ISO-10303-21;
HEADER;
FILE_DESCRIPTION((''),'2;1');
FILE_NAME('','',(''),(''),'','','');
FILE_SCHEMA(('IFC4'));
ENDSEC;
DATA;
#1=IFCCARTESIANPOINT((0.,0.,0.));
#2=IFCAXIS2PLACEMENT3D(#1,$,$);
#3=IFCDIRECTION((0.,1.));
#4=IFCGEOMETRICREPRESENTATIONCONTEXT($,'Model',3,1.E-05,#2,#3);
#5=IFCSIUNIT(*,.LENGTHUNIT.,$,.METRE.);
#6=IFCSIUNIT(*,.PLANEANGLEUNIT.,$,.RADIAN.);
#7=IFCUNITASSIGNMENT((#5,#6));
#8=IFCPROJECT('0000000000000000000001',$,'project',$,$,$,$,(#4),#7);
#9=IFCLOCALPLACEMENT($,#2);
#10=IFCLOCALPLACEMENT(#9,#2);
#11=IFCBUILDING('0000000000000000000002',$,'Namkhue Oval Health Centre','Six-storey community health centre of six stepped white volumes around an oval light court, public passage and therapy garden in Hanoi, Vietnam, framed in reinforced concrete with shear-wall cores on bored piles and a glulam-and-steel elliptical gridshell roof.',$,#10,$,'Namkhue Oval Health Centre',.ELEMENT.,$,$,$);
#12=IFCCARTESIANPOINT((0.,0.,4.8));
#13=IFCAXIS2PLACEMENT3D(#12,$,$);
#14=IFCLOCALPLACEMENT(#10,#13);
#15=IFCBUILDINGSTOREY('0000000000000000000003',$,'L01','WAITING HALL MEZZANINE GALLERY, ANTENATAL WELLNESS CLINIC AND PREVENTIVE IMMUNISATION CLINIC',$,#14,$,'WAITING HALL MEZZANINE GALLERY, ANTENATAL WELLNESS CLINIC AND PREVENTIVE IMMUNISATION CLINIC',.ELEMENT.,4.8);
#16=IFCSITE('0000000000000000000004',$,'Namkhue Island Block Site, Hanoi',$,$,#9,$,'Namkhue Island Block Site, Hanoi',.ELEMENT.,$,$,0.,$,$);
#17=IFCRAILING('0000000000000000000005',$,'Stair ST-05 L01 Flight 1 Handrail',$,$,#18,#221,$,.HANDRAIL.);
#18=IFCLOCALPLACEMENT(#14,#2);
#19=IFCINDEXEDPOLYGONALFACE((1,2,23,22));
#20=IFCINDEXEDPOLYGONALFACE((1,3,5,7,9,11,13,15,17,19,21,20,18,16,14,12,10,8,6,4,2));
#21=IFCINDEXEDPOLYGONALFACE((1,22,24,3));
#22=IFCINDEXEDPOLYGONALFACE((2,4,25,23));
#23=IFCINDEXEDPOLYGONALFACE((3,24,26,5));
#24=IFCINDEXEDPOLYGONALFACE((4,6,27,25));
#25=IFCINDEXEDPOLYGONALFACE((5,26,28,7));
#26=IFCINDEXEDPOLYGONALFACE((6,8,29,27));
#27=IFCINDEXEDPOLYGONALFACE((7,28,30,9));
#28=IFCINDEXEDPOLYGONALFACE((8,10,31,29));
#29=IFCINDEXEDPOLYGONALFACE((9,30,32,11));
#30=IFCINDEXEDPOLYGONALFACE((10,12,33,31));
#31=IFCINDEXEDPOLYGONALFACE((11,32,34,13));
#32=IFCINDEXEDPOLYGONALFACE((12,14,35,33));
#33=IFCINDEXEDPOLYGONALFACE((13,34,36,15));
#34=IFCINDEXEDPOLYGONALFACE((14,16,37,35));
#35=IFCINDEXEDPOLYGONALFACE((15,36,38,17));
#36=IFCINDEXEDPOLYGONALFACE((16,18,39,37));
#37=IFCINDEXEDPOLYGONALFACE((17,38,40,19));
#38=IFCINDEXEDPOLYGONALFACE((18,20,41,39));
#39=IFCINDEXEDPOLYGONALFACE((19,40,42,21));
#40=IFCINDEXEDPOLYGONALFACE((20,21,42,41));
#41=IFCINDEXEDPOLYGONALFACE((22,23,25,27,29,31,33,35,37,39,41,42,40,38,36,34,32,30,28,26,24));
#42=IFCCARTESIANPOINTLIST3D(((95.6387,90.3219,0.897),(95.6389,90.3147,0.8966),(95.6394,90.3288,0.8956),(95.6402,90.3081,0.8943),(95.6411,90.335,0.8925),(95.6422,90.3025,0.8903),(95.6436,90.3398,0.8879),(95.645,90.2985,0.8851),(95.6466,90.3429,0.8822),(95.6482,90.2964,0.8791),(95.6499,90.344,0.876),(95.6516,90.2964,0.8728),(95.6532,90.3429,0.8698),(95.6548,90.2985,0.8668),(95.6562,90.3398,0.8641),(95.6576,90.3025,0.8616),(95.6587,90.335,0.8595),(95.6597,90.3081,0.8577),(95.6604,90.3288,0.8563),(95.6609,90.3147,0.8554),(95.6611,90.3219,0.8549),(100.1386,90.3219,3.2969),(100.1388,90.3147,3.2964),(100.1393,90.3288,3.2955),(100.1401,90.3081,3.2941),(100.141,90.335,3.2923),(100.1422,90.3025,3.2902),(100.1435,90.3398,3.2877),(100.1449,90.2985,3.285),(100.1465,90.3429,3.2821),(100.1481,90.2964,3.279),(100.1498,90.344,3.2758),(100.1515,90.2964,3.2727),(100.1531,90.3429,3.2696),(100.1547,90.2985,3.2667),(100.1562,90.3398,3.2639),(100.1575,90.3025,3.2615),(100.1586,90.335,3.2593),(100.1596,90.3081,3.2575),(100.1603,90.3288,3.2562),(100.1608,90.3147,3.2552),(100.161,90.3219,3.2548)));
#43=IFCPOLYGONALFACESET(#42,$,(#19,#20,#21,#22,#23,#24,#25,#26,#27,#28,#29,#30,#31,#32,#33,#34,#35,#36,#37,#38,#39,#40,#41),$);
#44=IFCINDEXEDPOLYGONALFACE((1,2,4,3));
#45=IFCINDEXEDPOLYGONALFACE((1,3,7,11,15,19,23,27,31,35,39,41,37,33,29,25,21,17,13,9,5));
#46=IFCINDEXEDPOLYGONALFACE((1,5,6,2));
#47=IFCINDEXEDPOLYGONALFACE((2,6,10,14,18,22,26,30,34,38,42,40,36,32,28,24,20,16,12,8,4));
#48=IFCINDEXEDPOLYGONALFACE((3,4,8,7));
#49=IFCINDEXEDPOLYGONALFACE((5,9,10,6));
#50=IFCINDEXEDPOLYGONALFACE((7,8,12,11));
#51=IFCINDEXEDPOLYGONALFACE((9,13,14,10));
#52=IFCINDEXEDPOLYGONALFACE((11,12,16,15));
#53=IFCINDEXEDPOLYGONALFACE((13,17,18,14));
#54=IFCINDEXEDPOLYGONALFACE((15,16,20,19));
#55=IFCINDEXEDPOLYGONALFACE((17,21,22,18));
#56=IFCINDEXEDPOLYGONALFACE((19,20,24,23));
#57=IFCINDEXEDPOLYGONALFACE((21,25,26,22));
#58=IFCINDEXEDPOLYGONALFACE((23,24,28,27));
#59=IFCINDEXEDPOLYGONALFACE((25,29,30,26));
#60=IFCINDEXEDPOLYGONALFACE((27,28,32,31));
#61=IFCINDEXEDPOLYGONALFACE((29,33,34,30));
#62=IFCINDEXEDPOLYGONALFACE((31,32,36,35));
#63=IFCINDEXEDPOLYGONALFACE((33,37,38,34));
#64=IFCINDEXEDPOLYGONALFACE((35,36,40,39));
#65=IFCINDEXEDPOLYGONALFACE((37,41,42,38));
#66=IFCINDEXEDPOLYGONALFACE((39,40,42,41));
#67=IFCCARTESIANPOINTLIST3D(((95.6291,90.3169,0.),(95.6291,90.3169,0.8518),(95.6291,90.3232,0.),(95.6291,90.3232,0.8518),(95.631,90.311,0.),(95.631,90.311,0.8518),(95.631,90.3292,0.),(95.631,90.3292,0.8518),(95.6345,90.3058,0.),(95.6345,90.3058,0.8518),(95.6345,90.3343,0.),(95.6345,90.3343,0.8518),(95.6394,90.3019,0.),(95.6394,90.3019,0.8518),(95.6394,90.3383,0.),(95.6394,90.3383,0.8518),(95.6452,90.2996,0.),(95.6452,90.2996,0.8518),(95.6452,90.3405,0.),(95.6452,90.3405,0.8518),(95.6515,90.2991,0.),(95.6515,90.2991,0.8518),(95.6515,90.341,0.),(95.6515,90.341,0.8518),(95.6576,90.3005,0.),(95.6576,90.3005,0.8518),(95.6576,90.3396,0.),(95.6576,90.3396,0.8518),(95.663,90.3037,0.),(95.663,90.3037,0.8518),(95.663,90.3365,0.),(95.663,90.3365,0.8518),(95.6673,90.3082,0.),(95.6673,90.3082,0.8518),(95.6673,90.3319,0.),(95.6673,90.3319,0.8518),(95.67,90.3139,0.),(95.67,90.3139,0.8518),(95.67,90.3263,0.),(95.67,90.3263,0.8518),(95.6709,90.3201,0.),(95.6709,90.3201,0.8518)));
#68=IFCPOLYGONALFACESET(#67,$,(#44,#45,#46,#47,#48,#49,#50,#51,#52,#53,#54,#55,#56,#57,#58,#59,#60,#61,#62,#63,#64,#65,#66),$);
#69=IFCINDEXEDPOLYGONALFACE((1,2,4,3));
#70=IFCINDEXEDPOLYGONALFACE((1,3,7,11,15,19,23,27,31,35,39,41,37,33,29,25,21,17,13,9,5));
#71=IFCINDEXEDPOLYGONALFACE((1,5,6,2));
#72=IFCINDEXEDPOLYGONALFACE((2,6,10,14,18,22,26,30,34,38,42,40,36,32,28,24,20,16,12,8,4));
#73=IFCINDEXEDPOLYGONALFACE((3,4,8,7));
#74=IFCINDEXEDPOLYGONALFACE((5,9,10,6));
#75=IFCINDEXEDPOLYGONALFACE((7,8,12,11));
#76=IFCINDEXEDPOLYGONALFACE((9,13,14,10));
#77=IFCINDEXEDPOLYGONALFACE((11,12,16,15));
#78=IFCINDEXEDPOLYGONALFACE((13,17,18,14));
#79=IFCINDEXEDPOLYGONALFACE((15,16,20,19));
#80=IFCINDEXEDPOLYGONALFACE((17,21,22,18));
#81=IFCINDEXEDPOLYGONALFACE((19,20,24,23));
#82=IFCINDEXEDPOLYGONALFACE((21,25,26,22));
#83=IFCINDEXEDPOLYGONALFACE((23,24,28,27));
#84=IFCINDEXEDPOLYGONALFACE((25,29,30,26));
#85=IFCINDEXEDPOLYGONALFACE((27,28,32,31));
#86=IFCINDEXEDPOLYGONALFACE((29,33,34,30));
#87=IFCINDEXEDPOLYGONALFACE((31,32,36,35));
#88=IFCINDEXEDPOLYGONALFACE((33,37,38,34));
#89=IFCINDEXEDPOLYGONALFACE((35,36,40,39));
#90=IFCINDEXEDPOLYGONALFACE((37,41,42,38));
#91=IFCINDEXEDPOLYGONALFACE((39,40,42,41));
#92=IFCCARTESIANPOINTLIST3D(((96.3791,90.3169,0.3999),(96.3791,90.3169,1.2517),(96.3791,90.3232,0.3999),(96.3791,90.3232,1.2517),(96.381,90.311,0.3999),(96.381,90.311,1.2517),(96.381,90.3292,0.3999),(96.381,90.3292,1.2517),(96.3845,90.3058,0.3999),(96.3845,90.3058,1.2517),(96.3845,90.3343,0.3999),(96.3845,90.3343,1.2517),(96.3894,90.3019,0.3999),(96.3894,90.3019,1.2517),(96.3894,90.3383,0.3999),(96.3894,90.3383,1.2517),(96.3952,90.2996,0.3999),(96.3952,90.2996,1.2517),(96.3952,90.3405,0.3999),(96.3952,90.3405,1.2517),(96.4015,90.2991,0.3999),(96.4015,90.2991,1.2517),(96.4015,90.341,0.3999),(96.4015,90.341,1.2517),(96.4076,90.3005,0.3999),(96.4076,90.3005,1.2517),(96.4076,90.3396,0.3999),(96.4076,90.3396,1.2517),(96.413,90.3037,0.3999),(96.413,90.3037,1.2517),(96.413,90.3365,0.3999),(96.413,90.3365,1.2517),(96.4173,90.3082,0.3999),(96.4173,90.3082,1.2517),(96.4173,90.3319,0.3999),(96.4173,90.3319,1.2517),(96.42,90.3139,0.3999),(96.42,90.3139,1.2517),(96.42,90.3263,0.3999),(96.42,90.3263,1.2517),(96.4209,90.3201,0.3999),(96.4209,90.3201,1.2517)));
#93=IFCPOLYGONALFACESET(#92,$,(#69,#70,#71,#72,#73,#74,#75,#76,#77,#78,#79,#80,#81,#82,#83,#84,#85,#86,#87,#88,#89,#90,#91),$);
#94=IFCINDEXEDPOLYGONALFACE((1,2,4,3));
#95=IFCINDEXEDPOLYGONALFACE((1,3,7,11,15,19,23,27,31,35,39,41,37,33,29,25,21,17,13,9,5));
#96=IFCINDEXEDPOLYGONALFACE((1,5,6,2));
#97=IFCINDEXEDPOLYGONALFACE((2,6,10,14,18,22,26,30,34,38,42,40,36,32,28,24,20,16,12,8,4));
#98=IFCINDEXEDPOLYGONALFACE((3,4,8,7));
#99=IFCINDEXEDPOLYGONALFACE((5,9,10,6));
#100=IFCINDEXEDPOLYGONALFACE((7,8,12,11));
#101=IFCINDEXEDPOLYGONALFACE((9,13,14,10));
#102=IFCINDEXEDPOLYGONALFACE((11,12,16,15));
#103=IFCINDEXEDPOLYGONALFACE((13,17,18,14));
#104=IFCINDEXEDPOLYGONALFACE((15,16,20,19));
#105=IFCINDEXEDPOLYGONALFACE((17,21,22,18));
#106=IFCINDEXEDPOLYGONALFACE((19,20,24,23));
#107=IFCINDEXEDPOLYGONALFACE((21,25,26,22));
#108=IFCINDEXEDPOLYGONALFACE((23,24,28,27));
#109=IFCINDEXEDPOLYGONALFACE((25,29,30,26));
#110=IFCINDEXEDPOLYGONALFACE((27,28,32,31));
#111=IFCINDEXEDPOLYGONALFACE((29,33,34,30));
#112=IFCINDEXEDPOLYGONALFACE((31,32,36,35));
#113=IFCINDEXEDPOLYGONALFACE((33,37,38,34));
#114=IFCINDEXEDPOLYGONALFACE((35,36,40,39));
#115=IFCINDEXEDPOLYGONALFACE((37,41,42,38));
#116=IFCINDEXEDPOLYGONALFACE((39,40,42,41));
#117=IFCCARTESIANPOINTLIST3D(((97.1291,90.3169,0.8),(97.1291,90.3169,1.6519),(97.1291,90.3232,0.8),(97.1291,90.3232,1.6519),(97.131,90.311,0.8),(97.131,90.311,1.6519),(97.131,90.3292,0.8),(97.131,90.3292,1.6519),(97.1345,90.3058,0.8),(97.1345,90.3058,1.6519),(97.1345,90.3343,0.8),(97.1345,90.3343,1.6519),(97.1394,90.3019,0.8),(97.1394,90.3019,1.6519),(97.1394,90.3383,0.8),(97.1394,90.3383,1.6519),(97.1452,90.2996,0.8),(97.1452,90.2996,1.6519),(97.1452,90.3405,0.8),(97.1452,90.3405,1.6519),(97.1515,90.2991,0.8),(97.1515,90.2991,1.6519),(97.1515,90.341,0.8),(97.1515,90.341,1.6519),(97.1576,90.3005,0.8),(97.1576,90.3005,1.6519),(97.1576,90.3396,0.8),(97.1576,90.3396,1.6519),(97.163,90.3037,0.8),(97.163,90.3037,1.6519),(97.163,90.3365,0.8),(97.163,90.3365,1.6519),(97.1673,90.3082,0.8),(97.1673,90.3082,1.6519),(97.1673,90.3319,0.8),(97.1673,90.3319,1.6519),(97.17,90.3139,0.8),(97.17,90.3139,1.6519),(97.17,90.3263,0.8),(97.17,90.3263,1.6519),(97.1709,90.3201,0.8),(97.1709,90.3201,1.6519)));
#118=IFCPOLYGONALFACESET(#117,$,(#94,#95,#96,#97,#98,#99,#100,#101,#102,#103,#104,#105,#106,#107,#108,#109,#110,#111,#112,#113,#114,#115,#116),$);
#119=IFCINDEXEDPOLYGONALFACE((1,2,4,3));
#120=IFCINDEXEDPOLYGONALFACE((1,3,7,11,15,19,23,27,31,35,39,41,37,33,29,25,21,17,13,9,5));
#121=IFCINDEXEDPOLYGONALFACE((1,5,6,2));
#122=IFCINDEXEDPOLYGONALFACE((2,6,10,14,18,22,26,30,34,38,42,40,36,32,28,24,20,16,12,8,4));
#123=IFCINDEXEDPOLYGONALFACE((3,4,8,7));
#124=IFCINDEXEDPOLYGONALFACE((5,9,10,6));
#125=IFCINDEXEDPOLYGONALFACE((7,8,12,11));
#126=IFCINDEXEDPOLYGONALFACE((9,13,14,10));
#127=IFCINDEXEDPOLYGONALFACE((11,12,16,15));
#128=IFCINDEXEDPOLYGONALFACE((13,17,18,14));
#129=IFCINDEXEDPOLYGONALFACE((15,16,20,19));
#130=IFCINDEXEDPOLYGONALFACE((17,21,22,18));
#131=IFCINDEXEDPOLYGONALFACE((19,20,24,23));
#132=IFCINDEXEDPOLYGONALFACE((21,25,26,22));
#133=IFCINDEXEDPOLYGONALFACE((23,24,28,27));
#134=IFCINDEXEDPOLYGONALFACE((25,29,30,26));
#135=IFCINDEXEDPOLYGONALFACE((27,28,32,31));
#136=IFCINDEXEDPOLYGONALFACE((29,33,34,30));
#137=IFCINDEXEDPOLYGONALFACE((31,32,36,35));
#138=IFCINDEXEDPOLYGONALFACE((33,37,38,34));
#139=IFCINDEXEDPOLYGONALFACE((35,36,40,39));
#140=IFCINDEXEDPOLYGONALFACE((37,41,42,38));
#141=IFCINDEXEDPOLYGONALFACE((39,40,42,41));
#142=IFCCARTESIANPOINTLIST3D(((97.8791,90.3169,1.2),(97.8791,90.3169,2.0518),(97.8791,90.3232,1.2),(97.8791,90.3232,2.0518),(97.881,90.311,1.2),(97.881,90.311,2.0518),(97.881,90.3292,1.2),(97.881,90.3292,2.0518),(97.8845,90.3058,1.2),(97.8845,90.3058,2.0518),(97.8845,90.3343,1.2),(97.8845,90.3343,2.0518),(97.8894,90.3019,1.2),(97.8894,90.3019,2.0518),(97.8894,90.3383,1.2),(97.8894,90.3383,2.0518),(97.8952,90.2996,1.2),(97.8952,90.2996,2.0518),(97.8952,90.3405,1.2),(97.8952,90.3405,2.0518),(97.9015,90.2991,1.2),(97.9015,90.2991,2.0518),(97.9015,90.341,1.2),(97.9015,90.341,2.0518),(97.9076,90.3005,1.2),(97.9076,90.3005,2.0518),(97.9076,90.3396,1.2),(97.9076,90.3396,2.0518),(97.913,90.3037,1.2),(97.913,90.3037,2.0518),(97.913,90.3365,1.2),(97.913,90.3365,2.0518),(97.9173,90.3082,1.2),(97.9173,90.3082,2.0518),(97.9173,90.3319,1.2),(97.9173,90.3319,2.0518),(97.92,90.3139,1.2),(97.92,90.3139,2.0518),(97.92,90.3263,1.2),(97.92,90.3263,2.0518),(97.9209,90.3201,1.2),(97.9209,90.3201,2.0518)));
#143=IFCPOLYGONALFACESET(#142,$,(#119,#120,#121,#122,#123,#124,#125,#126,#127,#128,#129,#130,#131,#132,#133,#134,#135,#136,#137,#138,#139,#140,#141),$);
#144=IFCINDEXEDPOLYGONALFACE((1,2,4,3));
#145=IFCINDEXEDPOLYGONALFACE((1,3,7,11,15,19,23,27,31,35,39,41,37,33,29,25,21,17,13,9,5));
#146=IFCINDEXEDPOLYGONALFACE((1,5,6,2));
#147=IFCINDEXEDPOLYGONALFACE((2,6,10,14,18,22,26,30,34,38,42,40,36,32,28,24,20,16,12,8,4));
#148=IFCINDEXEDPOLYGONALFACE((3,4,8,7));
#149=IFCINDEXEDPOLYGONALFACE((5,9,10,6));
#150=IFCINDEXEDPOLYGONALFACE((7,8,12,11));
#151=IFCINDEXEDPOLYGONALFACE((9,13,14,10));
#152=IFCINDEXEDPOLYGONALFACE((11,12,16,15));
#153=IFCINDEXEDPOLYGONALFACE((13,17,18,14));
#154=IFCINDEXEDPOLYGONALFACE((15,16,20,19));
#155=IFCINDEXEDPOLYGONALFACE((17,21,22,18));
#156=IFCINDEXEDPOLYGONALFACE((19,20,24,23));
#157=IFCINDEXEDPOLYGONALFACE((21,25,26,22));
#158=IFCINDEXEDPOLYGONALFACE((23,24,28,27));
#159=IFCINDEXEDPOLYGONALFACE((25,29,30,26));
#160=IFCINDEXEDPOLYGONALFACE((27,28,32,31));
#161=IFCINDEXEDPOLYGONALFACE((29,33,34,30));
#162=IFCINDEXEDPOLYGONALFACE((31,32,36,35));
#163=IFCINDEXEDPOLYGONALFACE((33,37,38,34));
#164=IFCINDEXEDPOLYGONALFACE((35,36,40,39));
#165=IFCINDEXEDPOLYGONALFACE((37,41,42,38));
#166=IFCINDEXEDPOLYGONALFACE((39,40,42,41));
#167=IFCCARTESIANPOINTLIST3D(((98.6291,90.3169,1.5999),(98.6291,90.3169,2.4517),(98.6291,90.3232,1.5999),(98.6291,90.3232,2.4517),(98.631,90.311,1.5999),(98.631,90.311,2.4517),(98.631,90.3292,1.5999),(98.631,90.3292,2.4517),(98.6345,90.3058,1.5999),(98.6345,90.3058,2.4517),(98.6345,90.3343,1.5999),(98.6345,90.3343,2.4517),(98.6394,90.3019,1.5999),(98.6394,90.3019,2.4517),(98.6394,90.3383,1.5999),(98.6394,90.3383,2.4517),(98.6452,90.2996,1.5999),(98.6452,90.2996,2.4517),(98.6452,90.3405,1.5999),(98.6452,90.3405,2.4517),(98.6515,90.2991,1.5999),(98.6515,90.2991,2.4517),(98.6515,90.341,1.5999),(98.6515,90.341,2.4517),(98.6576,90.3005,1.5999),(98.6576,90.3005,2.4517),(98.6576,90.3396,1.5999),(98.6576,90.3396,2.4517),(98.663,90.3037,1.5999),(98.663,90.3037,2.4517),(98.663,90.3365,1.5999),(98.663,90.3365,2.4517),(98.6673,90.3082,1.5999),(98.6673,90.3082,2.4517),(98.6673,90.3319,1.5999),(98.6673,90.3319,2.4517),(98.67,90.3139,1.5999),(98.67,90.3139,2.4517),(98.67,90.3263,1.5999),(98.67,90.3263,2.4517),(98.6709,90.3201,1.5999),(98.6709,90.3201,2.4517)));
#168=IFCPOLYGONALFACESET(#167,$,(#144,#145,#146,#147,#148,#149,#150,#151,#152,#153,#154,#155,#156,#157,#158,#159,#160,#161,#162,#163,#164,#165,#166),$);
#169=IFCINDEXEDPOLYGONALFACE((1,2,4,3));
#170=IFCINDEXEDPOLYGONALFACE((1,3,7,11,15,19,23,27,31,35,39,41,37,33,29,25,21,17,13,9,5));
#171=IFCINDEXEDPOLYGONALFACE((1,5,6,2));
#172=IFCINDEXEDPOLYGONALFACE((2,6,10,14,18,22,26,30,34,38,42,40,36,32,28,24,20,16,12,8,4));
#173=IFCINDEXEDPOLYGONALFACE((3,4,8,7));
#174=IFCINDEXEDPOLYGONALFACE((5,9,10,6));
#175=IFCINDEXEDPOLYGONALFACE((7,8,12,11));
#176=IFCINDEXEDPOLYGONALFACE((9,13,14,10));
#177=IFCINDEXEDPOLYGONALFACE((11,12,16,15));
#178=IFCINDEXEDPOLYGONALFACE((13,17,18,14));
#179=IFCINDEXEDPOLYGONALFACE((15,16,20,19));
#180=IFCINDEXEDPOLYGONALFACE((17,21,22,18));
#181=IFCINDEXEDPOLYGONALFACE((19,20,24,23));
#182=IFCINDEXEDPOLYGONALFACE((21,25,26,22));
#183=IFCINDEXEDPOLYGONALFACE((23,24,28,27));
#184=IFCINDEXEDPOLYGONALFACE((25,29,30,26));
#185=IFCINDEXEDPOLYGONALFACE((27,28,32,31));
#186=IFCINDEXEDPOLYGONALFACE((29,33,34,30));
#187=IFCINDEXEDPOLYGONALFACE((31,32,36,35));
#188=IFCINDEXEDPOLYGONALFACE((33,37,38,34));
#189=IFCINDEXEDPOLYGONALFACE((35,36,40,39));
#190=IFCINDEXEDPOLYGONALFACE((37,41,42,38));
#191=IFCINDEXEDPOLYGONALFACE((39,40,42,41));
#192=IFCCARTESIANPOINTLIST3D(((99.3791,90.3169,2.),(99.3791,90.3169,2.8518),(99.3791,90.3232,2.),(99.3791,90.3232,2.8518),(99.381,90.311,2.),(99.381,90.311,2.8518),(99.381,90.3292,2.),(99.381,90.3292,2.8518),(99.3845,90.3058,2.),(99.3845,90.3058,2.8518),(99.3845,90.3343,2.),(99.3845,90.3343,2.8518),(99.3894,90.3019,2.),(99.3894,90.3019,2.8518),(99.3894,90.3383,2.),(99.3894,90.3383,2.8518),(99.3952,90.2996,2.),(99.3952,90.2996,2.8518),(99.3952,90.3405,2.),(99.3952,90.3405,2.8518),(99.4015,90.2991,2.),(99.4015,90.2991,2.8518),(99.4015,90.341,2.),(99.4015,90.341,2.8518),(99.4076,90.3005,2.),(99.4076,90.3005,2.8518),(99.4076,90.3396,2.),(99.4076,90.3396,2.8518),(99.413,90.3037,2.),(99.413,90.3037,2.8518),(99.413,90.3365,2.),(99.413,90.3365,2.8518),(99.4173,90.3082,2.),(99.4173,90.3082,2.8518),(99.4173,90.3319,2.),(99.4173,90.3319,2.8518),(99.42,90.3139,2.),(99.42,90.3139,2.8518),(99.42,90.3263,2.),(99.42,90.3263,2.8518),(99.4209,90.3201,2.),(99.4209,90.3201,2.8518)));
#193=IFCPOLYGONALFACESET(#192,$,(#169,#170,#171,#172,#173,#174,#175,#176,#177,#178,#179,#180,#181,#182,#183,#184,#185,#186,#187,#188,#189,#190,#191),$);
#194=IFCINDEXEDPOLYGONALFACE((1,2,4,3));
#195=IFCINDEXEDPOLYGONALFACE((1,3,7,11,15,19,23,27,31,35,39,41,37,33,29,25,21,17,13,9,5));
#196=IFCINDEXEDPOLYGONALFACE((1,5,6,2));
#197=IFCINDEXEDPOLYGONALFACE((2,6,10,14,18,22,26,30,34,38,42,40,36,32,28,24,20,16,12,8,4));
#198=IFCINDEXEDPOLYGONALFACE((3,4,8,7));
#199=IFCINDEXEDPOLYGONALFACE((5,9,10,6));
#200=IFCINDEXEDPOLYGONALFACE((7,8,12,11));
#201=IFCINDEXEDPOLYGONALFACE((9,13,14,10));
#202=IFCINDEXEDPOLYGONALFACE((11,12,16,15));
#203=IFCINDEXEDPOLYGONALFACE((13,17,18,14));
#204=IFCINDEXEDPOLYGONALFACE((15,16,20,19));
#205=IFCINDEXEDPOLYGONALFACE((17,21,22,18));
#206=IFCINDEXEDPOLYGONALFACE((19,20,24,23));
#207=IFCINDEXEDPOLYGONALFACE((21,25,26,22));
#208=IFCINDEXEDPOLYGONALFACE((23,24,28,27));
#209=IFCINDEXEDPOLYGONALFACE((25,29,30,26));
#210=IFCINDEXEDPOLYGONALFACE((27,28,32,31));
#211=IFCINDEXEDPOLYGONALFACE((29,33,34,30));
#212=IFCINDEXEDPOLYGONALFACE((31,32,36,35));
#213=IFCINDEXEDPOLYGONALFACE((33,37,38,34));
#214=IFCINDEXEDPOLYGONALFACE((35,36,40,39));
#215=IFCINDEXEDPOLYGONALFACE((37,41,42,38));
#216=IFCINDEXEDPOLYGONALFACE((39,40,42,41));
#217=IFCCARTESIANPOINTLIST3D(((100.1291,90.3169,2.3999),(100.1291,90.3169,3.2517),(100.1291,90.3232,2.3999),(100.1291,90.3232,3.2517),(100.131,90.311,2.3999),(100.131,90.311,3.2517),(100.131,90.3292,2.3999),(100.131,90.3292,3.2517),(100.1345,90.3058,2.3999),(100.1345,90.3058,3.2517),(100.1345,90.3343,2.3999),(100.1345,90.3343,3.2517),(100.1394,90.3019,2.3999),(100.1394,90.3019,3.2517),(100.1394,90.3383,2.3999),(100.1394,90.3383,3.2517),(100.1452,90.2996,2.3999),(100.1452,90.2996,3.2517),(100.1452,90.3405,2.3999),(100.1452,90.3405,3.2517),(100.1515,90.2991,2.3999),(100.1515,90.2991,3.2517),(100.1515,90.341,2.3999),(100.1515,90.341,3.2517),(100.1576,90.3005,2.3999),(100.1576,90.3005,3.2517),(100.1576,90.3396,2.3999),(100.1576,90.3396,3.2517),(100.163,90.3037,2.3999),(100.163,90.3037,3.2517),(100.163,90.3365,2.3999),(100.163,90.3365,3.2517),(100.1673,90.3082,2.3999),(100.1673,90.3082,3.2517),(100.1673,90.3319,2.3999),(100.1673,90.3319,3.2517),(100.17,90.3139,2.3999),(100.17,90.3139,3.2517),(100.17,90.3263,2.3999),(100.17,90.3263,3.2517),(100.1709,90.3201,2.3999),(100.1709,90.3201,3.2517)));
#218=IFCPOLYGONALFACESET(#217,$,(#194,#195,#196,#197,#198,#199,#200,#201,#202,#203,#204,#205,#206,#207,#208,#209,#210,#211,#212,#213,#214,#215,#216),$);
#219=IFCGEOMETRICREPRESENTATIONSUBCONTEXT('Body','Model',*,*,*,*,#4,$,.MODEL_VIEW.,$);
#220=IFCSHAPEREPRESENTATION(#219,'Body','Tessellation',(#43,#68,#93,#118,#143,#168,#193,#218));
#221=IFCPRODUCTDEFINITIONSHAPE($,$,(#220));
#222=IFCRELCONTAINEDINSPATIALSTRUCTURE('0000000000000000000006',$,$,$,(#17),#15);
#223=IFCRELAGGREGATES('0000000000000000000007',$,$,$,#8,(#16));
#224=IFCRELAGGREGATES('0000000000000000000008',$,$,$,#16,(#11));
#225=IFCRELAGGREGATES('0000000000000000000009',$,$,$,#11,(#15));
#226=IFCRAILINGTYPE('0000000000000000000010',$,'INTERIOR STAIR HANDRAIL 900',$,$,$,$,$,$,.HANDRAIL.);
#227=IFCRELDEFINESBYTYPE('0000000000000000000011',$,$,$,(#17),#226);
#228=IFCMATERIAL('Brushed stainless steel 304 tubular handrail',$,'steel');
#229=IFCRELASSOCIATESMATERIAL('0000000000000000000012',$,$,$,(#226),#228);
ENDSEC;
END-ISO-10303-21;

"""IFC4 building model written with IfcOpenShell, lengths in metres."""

from ifc_helpers import new_model, si_unit, direction, frame, origin, origin_2d, place, context, subcontext, project, spatial, circle, extrude, material, type_object, element, save


model = new_model("IFC4")

# Units and contexts
model_context = context("Model", 3, precision=1e-05, world=origin(), true_north=direction((0.0, 1.0)))
body_context = subcontext(model_context, "Body", "Model", "MODEL_VIEW")
ifc_project = project(units=[si_unit("LENGTHUNIT", "METRE"), si_unit("PLANEANGLEUNIT", "RADIAN")], contexts=[model_context])

# Site, building, storey
site_placement = place(None, origin())
site = spatial("IfcSite", under=ifc_project, at=site_placement, Name="Namkhue Island Block Site, Hanoi", LongName="Namkhue Island Block Site, Hanoi", CompositionType="ELEMENT", RefElevation=0.0)
building_placement = place(site_placement, origin())
building = spatial("IfcBuilding", under=site, at=building_placement, Name="Namkhue Oval Health Centre", Description="Six-storey community health centre of six stepped white volumes around an oval light court, public passage and therapy garden in Hanoi, Vietnam, framed in reinforced concrete with shear-wall cores on bored piles and a glulam-and-steel elliptical gridshell roof.", LongName="Namkhue Oval Health Centre", CompositionType="ELEMENT")
storey_placement = place(building_placement, frame((0.0, 0.0, 4.8)))
storey = spatial("IfcBuildingStorey", under=building, at=storey_placement, Name="L01", Description="WAITING HALL MEZZANINE GALLERY, ANTENATAL WELLNESS CLINIC AND PREVENTIVE IMMUNISATION CLINIC", LongName="WAITING HALL MEZZANINE GALLERY, ANTENATAL WELLNESS CLINIC AND PREVENTIVE IMMUNISATION CLINIC", CompositionType="ELEMENT", Elevation=4.8)

# Railing
ifc_material_1 = material(Name="Brushed stainless steel 304 tubular handrail", Category="steel")
railing_type_1 = type_object("IfcRailingType", Name="INTERIOR STAIR HANDRAIL 900", PredefinedType="HANDRAIL", material=ifc_material_1)
railing_1_placement = place(storey_placement, frame((95.6499, 90.3201, 0.0)))
element("IfcRailing", 1, at=railing_1_placement, inside=storey, type_object=railing_type_1, Name="Stair ST-05 L01 Flight 1 Handrail", PredefinedType="HANDRAIL", context=body_context, shape_type="SweptSolid", body=[
    extrude(circle(Radius=0.0239, at=origin_2d()), frame((0.0, 0.0, 0.876), z_axis=(0.882361, 0.0, 0.470573), x_axis=(0.0, 1.0, 0.0)), (0.0, 0.0, 1.0), 5.0999),
    extrude(circle(Radius=0.021, at=origin_2d()), origin(), (0.0, 0.0, 1.0), 0.8518),
    extrude(circle(Radius=0.021, at=origin_2d()), frame((0.75, 0.0, 0.3999)), (0.0, 0.0, 1.0), 0.8518),
    extrude(circle(Radius=0.021, at=origin_2d()), frame((1.5, 0.0, 0.8)), (0.0, 0.0, 1.0), 0.8518),
    extrude(circle(Radius=0.021, at=origin_2d()), frame((2.25, 0.0, 1.2)), (0.0, 0.0, 1.0), 0.8518),
    extrude(circle(Radius=0.021, at=origin_2d()), frame((3.0, 0.0, 1.5999)), (0.0, 0.0, 1.0), 0.8518),
    extrude(circle(Radius=0.021, at=origin_2d()), frame((3.75, 0.0, 2.0)), (0.0, 0.0, 1.0), 0.8518),
    extrude(circle(Radius=0.021, at=origin_2d()), frame((4.5, 0.0, 2.3999)), (0.0, 0.0, 1.0), 0.8518),
])

save(model, "model.ifc")
